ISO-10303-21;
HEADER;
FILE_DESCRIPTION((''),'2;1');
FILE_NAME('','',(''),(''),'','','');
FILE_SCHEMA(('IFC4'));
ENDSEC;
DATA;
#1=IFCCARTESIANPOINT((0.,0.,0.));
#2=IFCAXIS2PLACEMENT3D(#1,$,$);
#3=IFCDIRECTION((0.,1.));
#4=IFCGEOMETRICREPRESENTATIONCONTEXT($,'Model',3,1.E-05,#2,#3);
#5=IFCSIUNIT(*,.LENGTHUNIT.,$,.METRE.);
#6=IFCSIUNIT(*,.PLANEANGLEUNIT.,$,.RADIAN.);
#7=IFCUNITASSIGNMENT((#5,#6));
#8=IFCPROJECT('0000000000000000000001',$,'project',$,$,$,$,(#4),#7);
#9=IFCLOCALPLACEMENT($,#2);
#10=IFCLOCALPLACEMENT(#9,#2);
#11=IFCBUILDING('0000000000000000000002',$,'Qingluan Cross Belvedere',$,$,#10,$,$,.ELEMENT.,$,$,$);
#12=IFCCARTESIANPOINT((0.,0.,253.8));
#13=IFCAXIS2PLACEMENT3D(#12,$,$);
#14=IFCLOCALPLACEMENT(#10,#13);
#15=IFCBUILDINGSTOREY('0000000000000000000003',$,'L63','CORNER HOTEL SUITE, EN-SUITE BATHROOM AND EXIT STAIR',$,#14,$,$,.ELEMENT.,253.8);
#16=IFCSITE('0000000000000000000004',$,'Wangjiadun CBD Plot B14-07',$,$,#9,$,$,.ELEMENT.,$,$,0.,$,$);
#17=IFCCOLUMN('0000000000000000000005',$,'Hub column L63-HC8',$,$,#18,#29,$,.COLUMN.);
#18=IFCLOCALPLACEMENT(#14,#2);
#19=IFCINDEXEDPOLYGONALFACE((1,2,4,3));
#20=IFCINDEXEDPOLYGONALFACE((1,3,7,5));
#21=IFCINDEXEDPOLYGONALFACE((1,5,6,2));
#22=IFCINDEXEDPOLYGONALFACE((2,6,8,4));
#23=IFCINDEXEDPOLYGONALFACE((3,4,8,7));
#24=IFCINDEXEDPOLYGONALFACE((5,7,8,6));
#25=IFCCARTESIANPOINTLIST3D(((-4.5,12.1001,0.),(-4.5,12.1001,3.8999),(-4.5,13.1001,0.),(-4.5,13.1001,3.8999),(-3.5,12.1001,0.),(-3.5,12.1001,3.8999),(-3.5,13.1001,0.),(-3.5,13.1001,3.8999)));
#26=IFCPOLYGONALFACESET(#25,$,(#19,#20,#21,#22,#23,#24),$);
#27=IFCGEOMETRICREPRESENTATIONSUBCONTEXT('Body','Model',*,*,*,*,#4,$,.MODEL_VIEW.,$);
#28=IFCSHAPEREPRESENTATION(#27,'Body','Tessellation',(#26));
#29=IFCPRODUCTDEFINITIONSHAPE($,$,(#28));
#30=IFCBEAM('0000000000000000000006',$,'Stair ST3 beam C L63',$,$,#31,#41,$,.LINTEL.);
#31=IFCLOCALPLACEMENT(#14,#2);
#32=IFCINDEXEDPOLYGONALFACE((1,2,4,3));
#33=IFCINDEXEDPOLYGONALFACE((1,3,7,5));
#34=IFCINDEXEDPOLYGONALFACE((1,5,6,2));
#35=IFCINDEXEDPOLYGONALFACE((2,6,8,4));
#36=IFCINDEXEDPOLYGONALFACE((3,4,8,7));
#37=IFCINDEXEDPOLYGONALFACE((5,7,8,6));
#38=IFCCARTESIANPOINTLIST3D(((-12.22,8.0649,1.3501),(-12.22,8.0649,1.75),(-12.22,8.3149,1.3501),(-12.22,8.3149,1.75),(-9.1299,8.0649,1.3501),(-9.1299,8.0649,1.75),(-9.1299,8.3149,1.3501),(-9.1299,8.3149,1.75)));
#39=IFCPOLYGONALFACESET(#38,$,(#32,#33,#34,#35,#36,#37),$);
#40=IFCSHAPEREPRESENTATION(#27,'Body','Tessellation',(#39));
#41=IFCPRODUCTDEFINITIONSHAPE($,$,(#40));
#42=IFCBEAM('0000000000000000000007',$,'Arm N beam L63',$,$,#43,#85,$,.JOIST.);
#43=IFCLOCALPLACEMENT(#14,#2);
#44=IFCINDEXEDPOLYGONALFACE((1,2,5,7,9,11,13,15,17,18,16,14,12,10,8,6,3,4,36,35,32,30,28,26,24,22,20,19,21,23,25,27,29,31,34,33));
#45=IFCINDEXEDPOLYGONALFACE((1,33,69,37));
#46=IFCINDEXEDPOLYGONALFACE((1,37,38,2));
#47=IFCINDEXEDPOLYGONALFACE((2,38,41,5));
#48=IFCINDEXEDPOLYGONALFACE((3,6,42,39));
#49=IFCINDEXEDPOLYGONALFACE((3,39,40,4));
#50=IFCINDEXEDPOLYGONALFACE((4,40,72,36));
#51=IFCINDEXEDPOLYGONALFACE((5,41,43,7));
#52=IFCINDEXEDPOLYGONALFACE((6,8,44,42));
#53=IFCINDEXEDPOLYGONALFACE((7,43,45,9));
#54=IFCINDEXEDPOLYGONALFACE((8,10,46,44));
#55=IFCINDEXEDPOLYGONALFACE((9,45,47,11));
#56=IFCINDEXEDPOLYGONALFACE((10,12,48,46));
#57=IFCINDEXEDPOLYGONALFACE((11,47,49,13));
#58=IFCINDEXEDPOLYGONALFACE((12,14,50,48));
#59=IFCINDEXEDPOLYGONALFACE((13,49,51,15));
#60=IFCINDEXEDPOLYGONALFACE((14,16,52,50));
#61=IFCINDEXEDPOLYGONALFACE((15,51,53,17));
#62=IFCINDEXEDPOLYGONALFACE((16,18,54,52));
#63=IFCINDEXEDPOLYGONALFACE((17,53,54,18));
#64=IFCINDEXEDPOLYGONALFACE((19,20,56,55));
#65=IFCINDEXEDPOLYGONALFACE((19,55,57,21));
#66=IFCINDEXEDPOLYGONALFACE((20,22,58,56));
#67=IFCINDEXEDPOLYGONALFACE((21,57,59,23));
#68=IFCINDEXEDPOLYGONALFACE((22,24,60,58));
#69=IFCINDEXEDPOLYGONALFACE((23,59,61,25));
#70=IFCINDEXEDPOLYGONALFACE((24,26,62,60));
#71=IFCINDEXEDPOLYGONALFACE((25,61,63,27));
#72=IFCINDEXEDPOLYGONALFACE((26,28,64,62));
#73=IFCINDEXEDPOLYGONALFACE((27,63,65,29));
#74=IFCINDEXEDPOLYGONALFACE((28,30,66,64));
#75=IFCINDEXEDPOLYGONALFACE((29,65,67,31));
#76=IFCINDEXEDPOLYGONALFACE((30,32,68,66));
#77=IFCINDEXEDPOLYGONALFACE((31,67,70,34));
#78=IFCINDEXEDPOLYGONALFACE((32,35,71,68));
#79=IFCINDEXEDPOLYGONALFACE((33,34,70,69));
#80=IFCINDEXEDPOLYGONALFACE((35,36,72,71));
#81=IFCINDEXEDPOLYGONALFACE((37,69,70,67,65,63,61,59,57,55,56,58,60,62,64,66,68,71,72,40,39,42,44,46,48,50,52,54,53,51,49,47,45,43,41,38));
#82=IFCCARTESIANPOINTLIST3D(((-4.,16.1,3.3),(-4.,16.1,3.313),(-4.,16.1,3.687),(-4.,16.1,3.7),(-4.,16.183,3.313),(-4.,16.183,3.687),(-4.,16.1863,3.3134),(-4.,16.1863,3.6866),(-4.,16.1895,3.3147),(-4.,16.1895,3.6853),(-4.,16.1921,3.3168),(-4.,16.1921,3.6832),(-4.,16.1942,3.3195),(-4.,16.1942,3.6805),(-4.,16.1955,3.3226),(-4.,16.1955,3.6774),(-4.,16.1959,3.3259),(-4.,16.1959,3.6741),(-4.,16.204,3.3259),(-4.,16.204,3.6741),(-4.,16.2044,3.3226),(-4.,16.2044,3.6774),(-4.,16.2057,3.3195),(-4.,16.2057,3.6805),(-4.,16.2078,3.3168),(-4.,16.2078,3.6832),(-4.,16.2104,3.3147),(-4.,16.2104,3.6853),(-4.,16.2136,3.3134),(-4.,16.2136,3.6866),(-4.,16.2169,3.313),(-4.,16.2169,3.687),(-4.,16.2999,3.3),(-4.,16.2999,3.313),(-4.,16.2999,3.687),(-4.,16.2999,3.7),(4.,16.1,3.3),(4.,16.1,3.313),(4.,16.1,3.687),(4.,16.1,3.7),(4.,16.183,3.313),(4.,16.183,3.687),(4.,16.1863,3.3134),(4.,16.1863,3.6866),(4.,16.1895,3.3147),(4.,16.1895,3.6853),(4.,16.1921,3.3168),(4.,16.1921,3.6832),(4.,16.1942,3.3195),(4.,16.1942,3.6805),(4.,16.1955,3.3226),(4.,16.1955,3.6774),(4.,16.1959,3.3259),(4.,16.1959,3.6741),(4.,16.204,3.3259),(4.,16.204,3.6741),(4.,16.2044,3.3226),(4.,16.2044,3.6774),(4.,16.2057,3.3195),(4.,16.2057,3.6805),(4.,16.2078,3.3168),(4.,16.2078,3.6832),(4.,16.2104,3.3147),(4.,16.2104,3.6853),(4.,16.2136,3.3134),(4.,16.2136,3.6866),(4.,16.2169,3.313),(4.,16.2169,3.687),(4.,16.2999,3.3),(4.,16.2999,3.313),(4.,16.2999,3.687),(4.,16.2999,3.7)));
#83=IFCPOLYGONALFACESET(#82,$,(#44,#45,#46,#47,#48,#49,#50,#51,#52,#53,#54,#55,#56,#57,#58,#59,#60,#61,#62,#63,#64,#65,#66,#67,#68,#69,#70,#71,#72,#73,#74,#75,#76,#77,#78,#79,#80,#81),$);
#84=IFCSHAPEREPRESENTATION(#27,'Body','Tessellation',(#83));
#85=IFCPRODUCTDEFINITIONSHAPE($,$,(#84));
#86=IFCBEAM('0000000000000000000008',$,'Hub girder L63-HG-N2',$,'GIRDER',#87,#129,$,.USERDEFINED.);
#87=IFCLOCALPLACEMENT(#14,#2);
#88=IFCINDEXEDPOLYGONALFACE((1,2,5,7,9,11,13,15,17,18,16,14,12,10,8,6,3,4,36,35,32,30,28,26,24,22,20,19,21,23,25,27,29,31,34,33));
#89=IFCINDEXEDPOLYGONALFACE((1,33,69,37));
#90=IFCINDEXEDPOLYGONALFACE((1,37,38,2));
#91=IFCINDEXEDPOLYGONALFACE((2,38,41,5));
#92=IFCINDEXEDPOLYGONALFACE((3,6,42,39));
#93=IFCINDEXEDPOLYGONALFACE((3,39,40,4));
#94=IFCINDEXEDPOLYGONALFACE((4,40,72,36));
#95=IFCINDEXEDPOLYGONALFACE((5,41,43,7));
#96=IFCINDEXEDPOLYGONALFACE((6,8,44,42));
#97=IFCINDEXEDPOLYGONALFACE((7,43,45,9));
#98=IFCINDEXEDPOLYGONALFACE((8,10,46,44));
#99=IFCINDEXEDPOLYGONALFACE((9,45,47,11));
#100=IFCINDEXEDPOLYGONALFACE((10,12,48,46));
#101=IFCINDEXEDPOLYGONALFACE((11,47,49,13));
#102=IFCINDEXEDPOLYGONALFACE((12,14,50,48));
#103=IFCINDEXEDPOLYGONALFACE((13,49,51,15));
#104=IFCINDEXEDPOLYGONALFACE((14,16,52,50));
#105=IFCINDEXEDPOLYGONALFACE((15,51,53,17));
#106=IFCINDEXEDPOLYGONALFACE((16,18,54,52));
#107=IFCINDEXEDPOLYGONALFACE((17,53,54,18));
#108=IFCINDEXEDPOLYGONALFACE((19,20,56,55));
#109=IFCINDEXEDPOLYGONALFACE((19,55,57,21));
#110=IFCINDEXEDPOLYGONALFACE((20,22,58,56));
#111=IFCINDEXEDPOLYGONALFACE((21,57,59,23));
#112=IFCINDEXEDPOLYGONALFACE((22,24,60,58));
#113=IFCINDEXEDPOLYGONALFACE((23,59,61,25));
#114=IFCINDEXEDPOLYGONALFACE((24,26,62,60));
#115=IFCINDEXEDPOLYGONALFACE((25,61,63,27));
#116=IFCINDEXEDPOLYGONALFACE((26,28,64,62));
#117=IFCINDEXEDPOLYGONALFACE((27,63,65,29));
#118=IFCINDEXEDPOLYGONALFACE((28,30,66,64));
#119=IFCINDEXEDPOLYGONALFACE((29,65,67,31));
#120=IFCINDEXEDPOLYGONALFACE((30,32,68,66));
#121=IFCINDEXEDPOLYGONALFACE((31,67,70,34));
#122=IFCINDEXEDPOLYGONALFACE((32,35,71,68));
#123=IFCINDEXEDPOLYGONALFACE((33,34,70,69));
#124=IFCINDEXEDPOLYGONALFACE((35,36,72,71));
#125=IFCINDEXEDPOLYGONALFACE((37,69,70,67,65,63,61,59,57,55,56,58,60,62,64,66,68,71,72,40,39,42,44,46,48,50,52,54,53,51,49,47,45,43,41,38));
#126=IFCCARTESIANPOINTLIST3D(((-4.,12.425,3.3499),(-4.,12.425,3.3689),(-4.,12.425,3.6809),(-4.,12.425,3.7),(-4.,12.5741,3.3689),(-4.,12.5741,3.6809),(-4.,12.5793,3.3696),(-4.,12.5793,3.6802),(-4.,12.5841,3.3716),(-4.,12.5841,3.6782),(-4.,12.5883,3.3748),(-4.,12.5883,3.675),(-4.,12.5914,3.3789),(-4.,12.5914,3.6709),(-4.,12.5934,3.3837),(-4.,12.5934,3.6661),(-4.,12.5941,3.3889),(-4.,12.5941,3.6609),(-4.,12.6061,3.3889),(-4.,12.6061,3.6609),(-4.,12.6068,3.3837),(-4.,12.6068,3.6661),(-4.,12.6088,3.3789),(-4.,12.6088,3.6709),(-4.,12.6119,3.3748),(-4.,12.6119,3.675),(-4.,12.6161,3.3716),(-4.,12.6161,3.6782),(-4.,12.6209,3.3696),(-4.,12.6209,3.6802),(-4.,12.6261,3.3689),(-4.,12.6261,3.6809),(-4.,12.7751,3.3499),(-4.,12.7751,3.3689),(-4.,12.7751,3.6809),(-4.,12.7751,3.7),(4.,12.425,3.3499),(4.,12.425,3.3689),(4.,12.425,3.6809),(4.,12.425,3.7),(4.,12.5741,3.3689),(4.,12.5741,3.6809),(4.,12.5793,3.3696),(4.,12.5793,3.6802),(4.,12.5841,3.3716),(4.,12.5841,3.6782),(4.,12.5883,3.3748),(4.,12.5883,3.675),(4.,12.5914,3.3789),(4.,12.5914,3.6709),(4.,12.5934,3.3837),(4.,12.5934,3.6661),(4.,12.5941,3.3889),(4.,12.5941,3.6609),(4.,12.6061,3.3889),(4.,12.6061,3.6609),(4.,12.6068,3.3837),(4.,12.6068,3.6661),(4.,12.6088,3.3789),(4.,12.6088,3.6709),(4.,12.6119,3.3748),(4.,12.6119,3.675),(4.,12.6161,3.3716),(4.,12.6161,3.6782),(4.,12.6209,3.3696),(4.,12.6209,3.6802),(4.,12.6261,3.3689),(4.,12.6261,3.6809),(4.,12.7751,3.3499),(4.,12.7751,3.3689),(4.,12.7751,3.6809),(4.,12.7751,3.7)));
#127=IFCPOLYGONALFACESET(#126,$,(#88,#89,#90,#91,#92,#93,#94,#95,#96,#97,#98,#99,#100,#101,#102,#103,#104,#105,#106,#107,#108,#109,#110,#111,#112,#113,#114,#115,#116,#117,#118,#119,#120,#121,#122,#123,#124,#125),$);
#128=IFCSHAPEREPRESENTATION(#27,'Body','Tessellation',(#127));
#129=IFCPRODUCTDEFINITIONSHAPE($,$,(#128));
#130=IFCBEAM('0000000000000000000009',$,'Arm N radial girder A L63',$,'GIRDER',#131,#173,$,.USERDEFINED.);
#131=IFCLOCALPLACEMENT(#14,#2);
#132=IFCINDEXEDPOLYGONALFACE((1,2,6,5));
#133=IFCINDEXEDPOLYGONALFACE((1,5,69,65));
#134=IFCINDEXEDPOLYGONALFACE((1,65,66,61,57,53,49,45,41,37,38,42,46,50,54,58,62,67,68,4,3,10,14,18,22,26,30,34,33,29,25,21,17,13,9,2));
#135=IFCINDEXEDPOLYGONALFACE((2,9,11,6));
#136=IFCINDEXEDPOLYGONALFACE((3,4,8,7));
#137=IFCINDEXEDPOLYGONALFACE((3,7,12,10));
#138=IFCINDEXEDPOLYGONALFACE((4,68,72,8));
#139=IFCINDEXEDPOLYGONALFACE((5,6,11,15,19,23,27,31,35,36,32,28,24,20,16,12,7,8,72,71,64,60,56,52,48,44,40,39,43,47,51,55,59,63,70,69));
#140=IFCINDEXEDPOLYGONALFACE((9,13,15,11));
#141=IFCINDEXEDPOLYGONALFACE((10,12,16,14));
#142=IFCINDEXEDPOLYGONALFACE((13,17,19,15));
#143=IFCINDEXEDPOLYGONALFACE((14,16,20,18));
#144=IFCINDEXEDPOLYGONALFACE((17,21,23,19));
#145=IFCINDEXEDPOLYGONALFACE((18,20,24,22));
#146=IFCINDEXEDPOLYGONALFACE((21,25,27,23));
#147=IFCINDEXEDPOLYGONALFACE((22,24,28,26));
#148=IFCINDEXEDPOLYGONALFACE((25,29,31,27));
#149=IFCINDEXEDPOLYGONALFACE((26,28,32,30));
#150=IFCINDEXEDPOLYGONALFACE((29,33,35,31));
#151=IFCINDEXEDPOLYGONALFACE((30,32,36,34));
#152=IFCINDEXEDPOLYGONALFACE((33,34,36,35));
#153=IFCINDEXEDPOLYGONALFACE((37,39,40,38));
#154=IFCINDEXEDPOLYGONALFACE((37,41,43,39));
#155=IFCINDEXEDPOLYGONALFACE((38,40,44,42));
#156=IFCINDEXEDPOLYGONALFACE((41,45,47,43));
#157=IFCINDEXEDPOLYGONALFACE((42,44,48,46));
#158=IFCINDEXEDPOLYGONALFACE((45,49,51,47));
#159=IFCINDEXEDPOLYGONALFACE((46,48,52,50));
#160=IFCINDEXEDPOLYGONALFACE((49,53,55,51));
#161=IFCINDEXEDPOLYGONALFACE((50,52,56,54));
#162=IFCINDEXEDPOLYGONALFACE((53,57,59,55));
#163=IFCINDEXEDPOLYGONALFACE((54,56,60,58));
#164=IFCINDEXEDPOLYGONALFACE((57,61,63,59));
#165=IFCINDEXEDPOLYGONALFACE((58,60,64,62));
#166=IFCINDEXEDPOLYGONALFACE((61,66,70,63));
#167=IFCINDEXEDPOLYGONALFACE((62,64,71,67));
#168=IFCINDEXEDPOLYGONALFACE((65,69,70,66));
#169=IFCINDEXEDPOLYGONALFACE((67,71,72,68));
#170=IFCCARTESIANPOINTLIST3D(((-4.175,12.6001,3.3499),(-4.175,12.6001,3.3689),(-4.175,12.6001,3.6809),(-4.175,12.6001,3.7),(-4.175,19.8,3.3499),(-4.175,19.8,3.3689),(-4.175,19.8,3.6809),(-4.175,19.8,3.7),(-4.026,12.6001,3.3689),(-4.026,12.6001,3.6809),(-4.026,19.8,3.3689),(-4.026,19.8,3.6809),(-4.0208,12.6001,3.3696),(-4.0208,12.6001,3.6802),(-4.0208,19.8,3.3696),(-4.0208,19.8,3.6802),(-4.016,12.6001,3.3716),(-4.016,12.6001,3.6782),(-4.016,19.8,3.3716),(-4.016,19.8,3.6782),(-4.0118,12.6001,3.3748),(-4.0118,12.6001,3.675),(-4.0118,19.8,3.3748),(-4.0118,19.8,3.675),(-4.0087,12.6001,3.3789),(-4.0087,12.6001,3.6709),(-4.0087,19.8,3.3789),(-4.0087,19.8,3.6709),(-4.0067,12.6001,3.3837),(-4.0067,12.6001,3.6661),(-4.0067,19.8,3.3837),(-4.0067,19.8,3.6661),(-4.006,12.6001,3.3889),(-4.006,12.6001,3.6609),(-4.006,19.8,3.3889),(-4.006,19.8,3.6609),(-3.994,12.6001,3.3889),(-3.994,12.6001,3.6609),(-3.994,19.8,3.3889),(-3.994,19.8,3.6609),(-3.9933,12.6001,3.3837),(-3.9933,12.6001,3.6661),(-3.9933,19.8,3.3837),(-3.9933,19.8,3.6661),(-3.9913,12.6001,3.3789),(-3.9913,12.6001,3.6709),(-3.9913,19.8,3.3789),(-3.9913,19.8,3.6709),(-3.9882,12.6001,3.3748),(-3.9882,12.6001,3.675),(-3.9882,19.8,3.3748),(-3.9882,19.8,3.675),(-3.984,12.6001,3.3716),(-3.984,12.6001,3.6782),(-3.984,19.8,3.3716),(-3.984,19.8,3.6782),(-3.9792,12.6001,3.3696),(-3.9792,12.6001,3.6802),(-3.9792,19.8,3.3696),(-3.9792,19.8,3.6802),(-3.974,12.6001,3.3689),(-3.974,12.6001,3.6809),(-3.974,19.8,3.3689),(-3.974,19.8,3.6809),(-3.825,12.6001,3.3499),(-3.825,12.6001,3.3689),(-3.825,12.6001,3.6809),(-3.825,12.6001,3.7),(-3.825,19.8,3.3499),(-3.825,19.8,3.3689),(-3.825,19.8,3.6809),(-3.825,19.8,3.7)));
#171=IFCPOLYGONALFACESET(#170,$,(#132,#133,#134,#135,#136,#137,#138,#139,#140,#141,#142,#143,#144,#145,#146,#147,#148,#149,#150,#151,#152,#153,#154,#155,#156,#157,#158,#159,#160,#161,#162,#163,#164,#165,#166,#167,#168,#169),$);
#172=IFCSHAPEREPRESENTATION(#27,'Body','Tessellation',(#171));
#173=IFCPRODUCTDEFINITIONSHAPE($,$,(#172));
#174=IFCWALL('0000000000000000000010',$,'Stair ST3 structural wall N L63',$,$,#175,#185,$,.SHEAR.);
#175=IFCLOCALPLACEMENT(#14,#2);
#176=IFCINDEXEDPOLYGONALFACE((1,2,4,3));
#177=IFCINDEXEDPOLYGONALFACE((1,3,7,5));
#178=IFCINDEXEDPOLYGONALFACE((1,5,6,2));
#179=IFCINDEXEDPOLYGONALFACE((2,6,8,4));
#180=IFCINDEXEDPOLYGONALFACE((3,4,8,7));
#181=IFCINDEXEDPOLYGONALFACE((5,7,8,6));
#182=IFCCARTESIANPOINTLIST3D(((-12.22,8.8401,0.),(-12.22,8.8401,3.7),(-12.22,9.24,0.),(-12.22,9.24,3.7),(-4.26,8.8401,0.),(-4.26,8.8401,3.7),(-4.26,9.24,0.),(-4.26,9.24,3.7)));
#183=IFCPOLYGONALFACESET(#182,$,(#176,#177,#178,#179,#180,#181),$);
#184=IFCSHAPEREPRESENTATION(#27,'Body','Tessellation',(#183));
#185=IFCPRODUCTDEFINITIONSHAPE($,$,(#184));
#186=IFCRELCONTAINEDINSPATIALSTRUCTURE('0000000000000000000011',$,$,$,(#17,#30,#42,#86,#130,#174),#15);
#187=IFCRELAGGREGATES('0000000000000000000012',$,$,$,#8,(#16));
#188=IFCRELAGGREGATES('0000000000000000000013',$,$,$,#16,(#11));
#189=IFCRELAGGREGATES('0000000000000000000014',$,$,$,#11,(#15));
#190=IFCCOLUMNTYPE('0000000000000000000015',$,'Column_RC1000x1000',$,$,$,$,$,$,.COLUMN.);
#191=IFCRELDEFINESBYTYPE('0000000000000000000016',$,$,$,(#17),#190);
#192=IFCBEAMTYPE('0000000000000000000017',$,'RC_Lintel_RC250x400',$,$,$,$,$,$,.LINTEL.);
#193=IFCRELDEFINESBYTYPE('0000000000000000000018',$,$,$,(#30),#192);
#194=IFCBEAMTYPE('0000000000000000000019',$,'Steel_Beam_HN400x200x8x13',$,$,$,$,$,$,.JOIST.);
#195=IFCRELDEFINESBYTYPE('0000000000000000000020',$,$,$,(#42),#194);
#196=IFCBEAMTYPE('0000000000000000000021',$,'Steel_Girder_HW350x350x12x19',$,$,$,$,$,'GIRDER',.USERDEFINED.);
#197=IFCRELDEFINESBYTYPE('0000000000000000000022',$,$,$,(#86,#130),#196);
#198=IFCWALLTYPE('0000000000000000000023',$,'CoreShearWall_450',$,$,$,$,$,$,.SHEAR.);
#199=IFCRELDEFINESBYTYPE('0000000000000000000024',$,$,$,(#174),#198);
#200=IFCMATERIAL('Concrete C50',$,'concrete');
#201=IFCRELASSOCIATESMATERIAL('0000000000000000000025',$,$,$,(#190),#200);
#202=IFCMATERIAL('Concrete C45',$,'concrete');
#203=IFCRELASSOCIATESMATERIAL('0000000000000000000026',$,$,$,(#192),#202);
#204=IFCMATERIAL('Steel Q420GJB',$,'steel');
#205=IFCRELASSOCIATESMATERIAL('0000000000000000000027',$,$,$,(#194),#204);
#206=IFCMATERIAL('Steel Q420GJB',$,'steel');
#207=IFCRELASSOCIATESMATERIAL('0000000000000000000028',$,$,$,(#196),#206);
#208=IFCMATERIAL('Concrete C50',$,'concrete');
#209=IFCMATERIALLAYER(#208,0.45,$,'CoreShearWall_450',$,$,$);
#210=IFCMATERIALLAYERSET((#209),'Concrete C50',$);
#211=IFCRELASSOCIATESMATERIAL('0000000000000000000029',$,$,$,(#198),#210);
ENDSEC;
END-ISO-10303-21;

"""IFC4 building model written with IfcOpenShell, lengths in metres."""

from ifc_helpers import new_model, si_unit, direction, frame, frame_2d, origin, origin_2d, place, context, subcontext, project, spatial, rectangle, i_section, extrude, material, layer, layer_set, material_profile, profile_set, type_object, element, save


model = new_model("IFC4")

# Units and contexts
model_context = context("Model", 3, precision=1e-05, world=origin(), true_north=direction((0.0, 1.0)))
body_context = subcontext(model_context, "Body", "Model", "MODEL_VIEW")
ifc_project = project(units=[si_unit("LENGTHUNIT", "METRE"), si_unit("PLANEANGLEUNIT", "RADIAN")], contexts=[model_context])

# Site, building, storey
site_placement = place(None, origin())
site = spatial("IfcSite", under=ifc_project, at=site_placement, Name="Wangjiadun CBD Plot B14-07", CompositionType="ELEMENT", RefElevation=0.0)
building_placement = place(site_placement, origin())
building = spatial("IfcBuilding", under=site, at=building_placement, Name="Qingluan Cross Belvedere", CompositionType="ELEMENT")
storey_placement = place(building_placement, frame((0.0, 0.0, 253.8)))
storey = spatial("IfcBuildingStorey", under=building, at=storey_placement, Name="L63", Description="CORNER HOTEL SUITE, EN-SUITE BATHROOM AND EXIT STAIR", CompositionType="ELEMENT", Elevation=253.8)

# Column
ifc_material_1 = material(Name="Concrete C50", Category="concrete")
ifc_material_profile_1 = material_profile(ifc_material_1, rectangle(XDim=1.0, YDim=1.0, at=origin_2d()), Name="RC1000x1000")
ifc_profile_set_1 = profile_set([ifc_material_profile_1], Name="Concrete C50")
column_type = type_object("IfcColumnType", Name="Column_RC1000x1000", PredefinedType="COLUMN", material=ifc_profile_set_1)
column_placement = place(storey_placement, frame((-4.0, 12.6001, 0.0), z_axis=(0.0, 0.0, 1.0), x_axis=(1.0, 0.0, 0.0)))
element("IfcColumn", 1, at=column_placement, inside=storey, type_object=column_type, Name="Hub column L63-HC8", PredefinedType="COLUMN", context=body_context, shape_type="SweptSolid", body=[
    extrude(rectangle(XDim=1.0, YDim=1.0, at=origin_2d()), origin(), (0.0, 0.0, 1.0), 3.8999),
])

# Beams
ifc_material_2 = material(Name="Concrete C45", Category="concrete")
ifc_material_profile_2 = material_profile(ifc_material_2, rectangle(XDim=0.25, YDim=0.3999, at=origin_2d()), Name="RC250x400")
ifc_profile_set_2 = profile_set([ifc_material_profile_2], Name="Concrete C45")
beam_type_1 = type_object("IfcBeamType", Name="RC_Lintel_RC250x400", PredefinedType="LINTEL", material=ifc_profile_set_2)
beam_1_placement = place(storey_placement, frame((-12.22, 8.1899, 1.55), z_axis=(1.0, 0.0, 0.0), x_axis=(0.0, 1.0, 0.0)))
element("IfcBeam", 2, at=beam_1_placement, inside=storey, type_object=beam_type_1, Name="Stair ST3 beam C L63", PredefinedType="LINTEL", context=body_context, shape_type="SweptSolid", body=[
    extrude(rectangle(XDim=0.25, YDim=0.3999, at=origin_2d()), origin(), (0.0, 0.0, 1.0), 3.0901),
])
ifc_material_3 = material(Name="Steel Q420GJB", Category="steel")
ifc_material_profile_3 = material_profile(ifc_material_3, i_section(OverallWidth=0.2, OverallDepth=0.3999, WebThickness=0.0081, FlangeThickness=0.0129, FilletRadius=0.0129, at=origin_2d()), Name="HN400x200x8x13")
ifc_profile_set_3 = profile_set([ifc_material_profile_3], Name="Steel Q420GJB")
beam_type_2 = type_object("IfcBeamType", Name="Steel_Beam_HN400x200x8x13", PredefinedType="JOIST", material=ifc_profile_set_3)
beam_2_placement = place(storey_placement, frame((-4.0, 16.2, 3.5), z_axis=(1.0, 0.0, 0.0), x_axis=(0.0, 1.0, 0.0)))
element("IfcBeam", 3, at=beam_2_placement, inside=storey, type_object=beam_type_2, Name="Arm N beam L63", PredefinedType="JOIST", context=body_context, shape_type="SweptSolid", body=[
    extrude(i_section(OverallWidth=0.2, OverallDepth=0.3999, WebThickness=0.0081, FlangeThickness=0.0129, FilletRadius=0.0129, at=origin_2d()), origin(), (0.0, 0.0, 1.0), 8.0),
])
ifc_material_4 = material(Name="Steel Q420GJB", Category="steel")
ifc_material_profile_4 = material_profile(ifc_material_4, i_section(OverallWidth=0.3501, OverallDepth=0.3501, WebThickness=0.012, FlangeThickness=0.019, FilletRadius=0.02, at=origin_2d()), Name="HW350x350x12x19")
ifc_profile_set_4 = profile_set([ifc_material_profile_4], Name="Steel Q420GJB")
beam_type_3 = type_object("IfcBeamType", Name="Steel_Girder_HW350x350x12x19", ElementType="GIRDER", PredefinedType="USERDEFINED", material=ifc_profile_set_4)
beam_3_placement = place(storey_placement, frame((-4.0, 12.6001, 3.5249), z_axis=(1.0, 0.0, 0.0), x_axis=(0.0, 1.0, 0.0)))
element("IfcBeam", 4, at=beam_3_placement, inside=storey, type_object=beam_type_3, Name="Hub girder L63-HG-N2", ObjectType="GIRDER", PredefinedType="USERDEFINED", context=body_context, shape_type="SweptSolid", body=[
    extrude(i_section(OverallWidth=0.3501, OverallDepth=0.3501, WebThickness=0.012, FlangeThickness=0.019, FilletRadius=0.02, at=origin_2d()), origin(), (0.0, 0.0, 1.0), 8.0),
])
beam_4_placement = place(storey_placement, frame((-4.0, 12.6001, 3.5249), z_axis=(0.0, 1.0, 0.0), x_axis=(-1.0, 0.0, 0.0)))
element("IfcBeam", 5, at=beam_4_placement, inside=storey, type_object=beam_type_3, Name="Arm N radial girder A L63", ObjectType="GIRDER", PredefinedType="USERDEFINED", context=body_context, shape_type="SweptSolid", body=[
    extrude(i_section(OverallWidth=0.3501, OverallDepth=0.3501, WebThickness=0.012, FlangeThickness=0.019, FilletRadius=0.02, at=origin_2d()), origin(), (0.0, 0.0, 1.0), 7.2),
])

# Wall
ifc_material_5 = material(Name="Concrete C50", Category="concrete")
ifc_layer_1 = layer(ifc_material_5, 0.45, Name="CoreShearWall_450")
ifc_layer_set_1 = layer_set([ifc_layer_1], Name="Concrete C50")
wall_type_1 = type_object("IfcWallType", Name="CoreShearWall_450", PredefinedType="SHEAR", material=ifc_layer_set_1)
wall_1_placement = place(storey_placement, frame((-12.22, 9.04, 0.0), z_axis=(0.0, 0.0, 1.0), x_axis=(1.0, 0.0, 0.0)))
element("IfcWall", 6, at=wall_1_placement, inside=storey, type_object=wall_type_1, Name="Stair ST3 structural wall N L63", PredefinedType="SHEAR", context=body_context, shape_type="SweptSolid", body=[
    extrude(rectangle(XDim=7.96, YDim=0.3999, at=frame_2d((3.98, 0.0))), origin(), (0.0, 0.0, 1.0), 3.7),
])

save(model, "model.ifc")
